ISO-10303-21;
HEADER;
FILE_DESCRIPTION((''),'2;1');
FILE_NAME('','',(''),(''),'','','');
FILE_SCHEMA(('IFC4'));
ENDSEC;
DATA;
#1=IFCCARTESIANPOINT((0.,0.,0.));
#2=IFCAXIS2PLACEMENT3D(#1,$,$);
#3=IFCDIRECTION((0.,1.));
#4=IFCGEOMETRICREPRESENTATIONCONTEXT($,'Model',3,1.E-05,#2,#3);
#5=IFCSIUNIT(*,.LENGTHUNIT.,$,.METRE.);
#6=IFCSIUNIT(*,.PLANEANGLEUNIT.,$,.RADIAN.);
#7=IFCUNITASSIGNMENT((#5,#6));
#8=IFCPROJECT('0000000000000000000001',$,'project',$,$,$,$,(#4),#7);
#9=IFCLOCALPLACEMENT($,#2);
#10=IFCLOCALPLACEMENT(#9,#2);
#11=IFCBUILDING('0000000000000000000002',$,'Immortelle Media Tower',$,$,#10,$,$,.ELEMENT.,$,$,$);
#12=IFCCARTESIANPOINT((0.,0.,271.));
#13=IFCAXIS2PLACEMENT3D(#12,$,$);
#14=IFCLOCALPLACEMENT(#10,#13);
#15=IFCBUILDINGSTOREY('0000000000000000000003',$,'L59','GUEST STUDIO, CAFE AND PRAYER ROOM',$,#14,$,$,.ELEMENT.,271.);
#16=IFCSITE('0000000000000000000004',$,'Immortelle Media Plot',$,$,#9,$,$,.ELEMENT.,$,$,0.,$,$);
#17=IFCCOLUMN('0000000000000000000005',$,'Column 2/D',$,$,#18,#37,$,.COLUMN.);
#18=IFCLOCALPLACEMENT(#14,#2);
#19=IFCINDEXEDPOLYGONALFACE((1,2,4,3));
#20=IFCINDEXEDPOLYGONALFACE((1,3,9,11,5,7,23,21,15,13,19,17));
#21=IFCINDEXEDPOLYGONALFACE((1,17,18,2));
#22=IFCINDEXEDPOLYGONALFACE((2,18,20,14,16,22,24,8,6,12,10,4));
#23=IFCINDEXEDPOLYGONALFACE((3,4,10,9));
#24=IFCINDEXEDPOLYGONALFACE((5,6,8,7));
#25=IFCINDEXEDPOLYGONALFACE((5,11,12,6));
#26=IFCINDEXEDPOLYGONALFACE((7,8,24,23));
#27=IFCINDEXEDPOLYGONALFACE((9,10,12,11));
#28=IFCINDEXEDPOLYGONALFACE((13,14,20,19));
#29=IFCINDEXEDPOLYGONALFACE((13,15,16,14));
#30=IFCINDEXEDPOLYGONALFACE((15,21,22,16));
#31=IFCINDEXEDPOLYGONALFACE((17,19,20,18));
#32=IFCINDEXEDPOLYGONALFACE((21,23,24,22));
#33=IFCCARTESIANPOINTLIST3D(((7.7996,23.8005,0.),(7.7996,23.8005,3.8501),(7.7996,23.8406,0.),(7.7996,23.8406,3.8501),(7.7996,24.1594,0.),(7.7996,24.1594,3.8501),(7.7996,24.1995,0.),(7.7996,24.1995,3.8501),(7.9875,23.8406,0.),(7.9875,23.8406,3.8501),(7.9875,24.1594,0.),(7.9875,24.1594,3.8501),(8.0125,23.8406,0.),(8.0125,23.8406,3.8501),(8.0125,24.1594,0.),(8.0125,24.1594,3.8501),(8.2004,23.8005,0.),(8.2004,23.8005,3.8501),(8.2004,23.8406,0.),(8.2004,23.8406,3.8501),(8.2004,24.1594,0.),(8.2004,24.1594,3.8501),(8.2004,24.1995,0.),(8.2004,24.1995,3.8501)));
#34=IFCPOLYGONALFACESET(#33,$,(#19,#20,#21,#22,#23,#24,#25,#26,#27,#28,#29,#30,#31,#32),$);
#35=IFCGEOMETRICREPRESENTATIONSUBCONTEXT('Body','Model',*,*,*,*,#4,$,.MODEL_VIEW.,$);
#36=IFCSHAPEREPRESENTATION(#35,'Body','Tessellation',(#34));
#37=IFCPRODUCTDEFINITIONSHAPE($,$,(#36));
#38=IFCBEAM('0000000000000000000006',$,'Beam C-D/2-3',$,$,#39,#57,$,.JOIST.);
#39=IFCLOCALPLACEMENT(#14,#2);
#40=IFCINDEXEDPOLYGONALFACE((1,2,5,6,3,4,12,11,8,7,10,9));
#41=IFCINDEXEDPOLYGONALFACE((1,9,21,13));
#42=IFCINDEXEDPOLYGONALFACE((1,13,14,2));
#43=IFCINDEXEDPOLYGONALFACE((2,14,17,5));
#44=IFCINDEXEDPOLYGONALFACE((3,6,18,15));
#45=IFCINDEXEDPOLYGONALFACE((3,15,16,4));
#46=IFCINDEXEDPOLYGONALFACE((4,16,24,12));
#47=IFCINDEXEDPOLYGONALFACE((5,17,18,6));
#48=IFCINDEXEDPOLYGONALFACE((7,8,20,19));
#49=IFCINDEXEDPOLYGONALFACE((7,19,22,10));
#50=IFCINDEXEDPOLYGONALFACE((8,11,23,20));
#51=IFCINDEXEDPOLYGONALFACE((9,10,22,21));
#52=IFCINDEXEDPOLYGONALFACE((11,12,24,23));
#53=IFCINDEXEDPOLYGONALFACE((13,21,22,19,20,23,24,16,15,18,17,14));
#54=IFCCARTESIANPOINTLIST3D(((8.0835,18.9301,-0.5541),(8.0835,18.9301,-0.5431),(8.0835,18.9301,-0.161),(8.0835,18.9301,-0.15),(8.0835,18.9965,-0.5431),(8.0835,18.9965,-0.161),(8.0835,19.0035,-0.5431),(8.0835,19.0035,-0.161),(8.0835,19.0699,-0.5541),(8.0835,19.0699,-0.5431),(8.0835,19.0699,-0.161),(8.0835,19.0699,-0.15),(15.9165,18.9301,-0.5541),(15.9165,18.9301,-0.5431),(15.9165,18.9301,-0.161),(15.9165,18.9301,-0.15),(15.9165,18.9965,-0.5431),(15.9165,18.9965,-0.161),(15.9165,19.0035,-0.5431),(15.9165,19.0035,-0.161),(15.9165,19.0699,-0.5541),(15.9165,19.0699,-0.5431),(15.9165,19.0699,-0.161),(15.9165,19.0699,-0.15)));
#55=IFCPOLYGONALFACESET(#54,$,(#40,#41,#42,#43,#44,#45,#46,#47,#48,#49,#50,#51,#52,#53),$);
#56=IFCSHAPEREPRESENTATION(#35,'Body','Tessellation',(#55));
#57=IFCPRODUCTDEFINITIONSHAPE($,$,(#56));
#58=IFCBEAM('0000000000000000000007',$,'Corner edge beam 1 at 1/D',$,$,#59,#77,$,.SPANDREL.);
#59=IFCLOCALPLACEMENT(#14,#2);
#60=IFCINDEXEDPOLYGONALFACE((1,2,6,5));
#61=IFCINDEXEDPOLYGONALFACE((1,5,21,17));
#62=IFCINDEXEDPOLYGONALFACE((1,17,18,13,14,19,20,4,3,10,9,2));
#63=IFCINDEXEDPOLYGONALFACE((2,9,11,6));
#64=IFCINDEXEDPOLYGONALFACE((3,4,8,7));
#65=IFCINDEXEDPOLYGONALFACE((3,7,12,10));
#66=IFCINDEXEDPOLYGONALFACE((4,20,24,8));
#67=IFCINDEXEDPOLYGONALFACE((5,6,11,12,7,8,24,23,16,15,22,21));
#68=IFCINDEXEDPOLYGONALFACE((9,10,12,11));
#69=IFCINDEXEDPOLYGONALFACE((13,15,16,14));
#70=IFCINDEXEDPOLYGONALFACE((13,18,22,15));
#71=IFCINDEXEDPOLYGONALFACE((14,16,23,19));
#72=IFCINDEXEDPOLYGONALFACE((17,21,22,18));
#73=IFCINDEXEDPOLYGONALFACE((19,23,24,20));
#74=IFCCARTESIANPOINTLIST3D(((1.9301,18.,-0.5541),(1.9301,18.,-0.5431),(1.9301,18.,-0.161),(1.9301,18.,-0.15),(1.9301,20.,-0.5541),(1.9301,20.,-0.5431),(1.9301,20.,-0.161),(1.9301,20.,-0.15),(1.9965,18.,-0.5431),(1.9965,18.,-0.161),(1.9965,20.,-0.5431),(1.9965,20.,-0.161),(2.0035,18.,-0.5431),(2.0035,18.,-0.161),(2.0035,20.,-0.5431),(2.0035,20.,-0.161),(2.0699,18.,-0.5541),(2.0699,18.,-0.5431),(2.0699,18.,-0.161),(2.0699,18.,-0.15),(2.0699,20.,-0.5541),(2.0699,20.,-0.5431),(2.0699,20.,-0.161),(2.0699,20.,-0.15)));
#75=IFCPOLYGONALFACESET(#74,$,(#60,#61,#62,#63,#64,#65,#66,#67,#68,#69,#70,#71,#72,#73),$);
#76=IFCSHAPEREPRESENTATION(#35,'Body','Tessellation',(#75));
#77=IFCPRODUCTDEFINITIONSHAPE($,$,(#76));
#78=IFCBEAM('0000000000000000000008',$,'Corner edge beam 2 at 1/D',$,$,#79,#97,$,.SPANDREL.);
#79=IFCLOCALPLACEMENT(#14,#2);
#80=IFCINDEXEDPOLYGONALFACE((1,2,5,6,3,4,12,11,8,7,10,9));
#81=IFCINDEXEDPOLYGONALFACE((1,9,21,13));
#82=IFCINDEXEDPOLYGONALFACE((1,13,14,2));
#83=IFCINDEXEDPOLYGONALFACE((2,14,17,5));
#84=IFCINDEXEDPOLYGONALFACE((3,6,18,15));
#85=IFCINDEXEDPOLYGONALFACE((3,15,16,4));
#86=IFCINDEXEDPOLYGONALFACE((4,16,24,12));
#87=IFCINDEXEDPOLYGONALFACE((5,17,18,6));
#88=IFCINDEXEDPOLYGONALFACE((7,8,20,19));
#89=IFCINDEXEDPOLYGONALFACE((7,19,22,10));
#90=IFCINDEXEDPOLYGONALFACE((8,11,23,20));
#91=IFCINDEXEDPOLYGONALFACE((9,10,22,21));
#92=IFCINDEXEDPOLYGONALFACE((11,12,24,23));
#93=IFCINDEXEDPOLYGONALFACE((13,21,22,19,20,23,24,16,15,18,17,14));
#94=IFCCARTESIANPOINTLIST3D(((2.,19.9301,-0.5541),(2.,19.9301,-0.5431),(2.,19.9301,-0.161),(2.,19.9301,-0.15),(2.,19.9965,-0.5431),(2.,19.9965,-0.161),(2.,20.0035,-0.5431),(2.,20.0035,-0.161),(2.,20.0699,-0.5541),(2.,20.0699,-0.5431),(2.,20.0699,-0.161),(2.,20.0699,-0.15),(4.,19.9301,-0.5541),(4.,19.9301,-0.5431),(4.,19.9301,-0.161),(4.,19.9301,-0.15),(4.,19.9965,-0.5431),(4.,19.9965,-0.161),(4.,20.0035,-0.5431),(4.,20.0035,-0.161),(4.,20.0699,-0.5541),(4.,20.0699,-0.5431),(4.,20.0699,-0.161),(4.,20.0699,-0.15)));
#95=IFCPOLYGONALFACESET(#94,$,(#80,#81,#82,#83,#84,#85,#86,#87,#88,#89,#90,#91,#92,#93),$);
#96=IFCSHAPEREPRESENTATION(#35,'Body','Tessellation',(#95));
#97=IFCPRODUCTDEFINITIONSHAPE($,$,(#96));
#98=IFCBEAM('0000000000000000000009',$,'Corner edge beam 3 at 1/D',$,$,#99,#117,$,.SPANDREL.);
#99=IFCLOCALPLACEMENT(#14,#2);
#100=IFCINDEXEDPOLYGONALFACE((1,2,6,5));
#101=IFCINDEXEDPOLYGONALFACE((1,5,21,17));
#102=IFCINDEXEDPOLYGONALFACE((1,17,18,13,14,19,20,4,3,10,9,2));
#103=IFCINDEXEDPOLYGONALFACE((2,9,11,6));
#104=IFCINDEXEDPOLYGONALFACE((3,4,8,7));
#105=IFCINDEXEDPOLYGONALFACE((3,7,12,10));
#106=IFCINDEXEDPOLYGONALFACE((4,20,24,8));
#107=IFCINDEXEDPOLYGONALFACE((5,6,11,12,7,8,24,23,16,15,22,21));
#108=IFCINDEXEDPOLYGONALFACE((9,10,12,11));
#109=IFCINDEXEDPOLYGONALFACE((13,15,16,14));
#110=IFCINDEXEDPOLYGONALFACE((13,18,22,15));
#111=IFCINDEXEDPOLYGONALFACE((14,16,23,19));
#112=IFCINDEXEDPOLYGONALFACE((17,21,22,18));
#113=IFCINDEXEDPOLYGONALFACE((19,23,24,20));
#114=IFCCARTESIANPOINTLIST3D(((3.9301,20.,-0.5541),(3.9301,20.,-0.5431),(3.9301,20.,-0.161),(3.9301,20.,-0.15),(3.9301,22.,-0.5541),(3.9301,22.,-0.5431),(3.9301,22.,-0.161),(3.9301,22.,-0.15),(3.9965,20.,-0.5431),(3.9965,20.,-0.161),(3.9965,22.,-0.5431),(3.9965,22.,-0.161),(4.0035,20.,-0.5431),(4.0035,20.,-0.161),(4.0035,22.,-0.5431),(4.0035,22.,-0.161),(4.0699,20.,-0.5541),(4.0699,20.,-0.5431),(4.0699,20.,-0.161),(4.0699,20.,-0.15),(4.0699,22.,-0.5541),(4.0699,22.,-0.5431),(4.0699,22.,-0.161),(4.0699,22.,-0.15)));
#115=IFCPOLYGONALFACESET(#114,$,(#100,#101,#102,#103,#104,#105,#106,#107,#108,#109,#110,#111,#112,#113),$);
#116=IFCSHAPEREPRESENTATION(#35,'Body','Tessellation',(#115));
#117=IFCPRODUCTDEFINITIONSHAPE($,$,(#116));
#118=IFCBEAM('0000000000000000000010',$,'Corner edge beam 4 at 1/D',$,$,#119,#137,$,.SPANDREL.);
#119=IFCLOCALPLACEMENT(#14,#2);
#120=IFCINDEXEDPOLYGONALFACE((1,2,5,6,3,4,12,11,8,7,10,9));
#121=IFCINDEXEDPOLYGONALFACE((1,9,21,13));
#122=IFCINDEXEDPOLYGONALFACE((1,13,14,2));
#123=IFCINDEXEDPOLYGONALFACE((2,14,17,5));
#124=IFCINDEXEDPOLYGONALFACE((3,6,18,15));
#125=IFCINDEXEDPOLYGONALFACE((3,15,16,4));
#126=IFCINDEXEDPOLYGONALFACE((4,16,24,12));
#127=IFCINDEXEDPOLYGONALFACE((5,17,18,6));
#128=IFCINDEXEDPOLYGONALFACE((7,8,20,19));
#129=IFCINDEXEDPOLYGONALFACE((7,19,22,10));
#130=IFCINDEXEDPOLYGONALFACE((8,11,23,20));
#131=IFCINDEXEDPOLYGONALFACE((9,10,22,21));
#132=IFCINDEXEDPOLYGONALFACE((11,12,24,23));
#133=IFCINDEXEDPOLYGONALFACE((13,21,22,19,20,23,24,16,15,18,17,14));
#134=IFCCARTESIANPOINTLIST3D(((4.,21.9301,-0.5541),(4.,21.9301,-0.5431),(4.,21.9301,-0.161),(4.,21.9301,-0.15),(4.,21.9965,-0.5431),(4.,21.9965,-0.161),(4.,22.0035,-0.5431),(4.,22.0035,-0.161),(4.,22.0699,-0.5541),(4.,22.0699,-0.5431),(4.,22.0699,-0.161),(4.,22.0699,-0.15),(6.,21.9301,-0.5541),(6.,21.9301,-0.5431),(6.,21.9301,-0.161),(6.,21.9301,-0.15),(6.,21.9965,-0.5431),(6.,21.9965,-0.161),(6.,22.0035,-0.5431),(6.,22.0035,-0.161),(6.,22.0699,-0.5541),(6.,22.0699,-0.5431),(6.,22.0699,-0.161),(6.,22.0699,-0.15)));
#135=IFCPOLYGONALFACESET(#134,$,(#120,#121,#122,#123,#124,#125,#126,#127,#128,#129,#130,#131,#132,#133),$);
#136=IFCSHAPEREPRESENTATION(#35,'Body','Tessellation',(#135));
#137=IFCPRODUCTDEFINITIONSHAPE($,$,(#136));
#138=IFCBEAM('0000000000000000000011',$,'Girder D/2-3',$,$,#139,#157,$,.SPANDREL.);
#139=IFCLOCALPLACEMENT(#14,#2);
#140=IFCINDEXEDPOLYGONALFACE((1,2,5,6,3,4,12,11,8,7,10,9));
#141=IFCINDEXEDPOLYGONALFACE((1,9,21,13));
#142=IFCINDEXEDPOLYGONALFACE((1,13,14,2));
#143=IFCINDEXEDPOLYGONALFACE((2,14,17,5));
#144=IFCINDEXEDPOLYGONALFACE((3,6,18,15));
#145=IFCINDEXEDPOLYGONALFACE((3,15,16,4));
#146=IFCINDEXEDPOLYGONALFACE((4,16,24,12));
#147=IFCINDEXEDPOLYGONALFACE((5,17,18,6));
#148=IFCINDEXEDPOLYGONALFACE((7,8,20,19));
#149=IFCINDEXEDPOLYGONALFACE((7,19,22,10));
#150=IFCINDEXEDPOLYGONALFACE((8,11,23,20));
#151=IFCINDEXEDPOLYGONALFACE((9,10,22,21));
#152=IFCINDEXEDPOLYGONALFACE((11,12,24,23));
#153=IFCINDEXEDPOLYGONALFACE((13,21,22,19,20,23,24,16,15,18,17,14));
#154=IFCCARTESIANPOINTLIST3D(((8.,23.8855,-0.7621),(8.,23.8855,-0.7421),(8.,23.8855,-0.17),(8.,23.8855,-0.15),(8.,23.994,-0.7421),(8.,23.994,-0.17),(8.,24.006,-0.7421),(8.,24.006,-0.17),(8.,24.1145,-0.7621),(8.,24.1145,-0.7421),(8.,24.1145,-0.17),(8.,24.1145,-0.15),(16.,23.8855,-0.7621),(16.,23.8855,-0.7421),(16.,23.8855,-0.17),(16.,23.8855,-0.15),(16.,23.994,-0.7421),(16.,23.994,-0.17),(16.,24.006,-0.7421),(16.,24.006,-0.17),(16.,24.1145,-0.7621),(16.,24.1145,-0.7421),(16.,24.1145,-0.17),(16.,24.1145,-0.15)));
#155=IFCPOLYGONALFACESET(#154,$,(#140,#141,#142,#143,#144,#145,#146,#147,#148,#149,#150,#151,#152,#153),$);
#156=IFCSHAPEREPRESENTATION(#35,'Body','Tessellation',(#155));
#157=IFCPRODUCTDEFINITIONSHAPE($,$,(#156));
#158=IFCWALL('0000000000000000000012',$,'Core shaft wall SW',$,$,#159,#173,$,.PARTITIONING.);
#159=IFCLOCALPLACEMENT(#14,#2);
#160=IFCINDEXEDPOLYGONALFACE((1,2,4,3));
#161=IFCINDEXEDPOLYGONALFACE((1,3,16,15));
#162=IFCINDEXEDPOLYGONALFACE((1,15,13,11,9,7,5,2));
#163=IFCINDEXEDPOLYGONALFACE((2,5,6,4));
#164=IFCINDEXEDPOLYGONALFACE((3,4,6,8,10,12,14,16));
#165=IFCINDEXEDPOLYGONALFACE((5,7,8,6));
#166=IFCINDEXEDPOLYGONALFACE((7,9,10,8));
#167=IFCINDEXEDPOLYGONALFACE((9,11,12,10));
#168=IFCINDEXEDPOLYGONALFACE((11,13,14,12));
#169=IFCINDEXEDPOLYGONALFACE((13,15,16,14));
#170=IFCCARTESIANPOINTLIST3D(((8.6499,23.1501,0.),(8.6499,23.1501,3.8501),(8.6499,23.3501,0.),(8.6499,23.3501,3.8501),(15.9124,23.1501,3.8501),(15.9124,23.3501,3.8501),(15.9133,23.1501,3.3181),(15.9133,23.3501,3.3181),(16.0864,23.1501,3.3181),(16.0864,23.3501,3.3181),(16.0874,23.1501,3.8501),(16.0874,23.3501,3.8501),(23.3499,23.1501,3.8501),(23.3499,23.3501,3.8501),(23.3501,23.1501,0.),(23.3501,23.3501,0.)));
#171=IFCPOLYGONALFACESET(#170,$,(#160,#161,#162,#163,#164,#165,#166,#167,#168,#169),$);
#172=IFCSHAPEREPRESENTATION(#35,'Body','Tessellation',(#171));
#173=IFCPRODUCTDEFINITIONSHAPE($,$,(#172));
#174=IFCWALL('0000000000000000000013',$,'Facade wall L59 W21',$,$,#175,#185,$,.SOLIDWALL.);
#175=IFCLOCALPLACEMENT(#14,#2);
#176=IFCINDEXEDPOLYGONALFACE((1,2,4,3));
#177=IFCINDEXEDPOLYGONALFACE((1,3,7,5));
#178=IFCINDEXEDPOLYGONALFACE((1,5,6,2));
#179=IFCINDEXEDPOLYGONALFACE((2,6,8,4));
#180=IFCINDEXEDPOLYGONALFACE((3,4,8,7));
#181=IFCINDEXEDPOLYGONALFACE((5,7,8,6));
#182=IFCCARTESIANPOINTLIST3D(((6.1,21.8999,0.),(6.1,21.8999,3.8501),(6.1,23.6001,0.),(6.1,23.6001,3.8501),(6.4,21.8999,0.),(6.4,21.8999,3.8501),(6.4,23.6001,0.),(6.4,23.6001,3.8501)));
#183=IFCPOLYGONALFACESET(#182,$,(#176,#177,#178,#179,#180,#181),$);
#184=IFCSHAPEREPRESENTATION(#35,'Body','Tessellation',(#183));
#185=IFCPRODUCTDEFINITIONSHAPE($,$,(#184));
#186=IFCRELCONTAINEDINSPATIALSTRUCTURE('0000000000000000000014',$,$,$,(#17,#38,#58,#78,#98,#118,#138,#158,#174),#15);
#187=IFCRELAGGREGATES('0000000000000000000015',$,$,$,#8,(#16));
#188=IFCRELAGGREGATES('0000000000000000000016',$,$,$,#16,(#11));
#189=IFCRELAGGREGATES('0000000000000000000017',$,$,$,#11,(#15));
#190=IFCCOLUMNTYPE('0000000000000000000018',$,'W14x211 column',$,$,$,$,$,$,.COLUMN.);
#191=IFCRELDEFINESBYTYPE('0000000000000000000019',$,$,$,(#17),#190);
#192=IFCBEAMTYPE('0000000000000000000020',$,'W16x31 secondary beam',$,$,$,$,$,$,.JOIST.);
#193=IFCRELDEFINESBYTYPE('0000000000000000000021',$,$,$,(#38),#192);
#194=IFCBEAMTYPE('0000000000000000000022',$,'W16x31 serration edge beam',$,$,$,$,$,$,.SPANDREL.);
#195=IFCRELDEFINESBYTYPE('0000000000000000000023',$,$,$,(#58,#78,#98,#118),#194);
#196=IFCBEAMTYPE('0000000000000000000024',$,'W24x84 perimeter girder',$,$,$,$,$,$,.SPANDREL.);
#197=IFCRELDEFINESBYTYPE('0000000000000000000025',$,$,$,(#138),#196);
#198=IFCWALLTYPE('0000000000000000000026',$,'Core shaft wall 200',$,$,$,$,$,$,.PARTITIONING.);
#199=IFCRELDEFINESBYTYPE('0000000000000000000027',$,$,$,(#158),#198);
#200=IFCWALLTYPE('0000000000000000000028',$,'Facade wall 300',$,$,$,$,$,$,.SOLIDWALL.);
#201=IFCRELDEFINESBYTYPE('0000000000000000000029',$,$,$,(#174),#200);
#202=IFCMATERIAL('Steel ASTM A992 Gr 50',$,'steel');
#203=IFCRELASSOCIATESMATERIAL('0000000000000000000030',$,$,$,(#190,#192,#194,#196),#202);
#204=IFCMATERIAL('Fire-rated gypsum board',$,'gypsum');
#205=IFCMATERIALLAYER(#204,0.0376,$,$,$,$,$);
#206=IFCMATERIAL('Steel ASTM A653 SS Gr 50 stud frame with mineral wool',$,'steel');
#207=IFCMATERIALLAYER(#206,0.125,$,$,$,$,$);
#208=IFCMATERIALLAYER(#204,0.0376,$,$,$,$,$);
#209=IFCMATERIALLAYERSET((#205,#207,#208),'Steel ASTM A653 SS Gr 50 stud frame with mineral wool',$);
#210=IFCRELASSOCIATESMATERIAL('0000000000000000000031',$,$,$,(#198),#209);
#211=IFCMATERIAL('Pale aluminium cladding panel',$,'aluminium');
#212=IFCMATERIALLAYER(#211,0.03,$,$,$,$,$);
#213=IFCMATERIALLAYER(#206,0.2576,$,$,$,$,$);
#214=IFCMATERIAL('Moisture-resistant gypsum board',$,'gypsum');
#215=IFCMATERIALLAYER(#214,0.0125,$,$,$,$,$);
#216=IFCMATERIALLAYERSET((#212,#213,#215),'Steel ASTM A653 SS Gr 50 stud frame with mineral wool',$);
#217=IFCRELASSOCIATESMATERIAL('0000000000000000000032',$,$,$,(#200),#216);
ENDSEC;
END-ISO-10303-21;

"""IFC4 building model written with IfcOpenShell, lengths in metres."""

from ifc_helpers import new_model, si_unit, direction, frame, frame_2d, origin, origin_2d, place, context, subcontext, project, spatial, polyline, rectangle, i_section, outline, extrude, material, layer, layer_set, material_profile, profile_set, type_object, element, save


model = new_model("IFC4")

# Units and contexts
model_context = context("Model", 3, precision=1e-05, world=origin(), true_north=direction((0.0, 1.0)))
body_context = subcontext(model_context, "Body", "Model", "MODEL_VIEW")
ifc_project = project(units=[si_unit("LENGTHUNIT", "METRE"), si_unit("PLANEANGLEUNIT", "RADIAN")], contexts=[model_context])

# Site, building, storey
site_placement = place(None, origin())
site = spatial("IfcSite", under=ifc_project, at=site_placement, Name="Immortelle Media Plot", CompositionType="ELEMENT", RefElevation=0.0)
building_placement = place(site_placement, origin())
building = spatial("IfcBuilding", under=site, at=building_placement, Name="Immortelle Media Tower", CompositionType="ELEMENT")
storey_placement = place(building_placement, frame((0.0, 0.0, 271.0)))
storey = spatial("IfcBuildingStorey", under=building, at=storey_placement, Name="L59", Description="GUEST STUDIO, CAFE AND PRAYER ROOM", CompositionType="ELEMENT", Elevation=271.0)

# Column
ifc_material_1 = material(Name="Steel ASTM A992 Gr 50", Category="steel")
ifc_material_profile_1 = material_profile(ifc_material_1, i_section(OverallWidth=0.4009, OverallDepth=0.3989, WebThickness=0.0249, FlangeThickness=0.04, at=origin_2d()), Name="W14x211")
ifc_profile_set_1 = profile_set([ifc_material_profile_1], Name="Steel ASTM A992 Gr 50")
column_type = type_object("IfcColumnType", Name="W14x211 column", PredefinedType="COLUMN", material=ifc_profile_set_1)
column_placement = place(storey_placement, frame((8.0, 24.0, 0.0), z_axis=(0.0, 0.0, 1.0), x_axis=(1.0, 0.0, 0.0)))
element("IfcColumn", 1, at=column_placement, inside=storey, type_object=column_type, Name="Column 2/D", PredefinedType="COLUMN", context=body_context, shape_type="SweptSolid", body=[
    extrude(i_section(OverallWidth=0.4009, OverallDepth=0.3989, WebThickness=0.0249, FlangeThickness=0.04, at=origin_2d()), origin(), (0.0, 0.0, 1.0), 3.8501),
])

# Beams
ifc_material_profile_2 = material_profile(ifc_material_1, i_section(OverallWidth=0.1399, OverallDepth=0.4041, WebThickness=0.0071, FlangeThickness=0.011, at=origin_2d()), Name="W16x31")
ifc_profile_set_2 = profile_set([ifc_material_profile_2], Name="Steel ASTM A992 Gr 50")
beam_type_1 = type_object("IfcBeamType", Name="W16x31 secondary beam", PredefinedType="JOIST", material=ifc_profile_set_2)
beam_1_placement = place(storey_placement, frame((8.0835, 19.0, -0.3521), z_axis=(1.0, 0.0, 0.0), x_axis=(0.0, 1.0, 0.0)))
element("IfcBeam", 2, at=beam_1_placement, inside=storey, type_object=beam_type_1, Name="Beam C-D/2-3", PredefinedType="JOIST", context=body_context, shape_type="SweptSolid", body=[
    extrude(i_section(OverallWidth=0.1399, OverallDepth=0.4041, WebThickness=0.0071, FlangeThickness=0.011, at=origin_2d()), origin(), (0.0, 0.0, 1.0), 7.833),
])
ifc_material_profile_3 = material_profile(ifc_material_1, i_section(OverallWidth=0.1399, OverallDepth=0.4041, WebThickness=0.0071, FlangeThickness=0.011, at=origin_2d()), Name="W16x31")
ifc_profile_set_3 = profile_set([ifc_material_profile_3], Name="Steel ASTM A992 Gr 50")
beam_type_2 = type_object("IfcBeamType", Name="W16x31 serration edge beam", PredefinedType="SPANDREL", material=ifc_profile_set_3)
for number, where, z_axis, x_axis, name in (
    (3, (2.0, 18.0, -0.3521), (0.0, 1.0, 0.0), (-1.0, 0.0, 0.0), "Corner edge beam 1 at 1/D"),
    (4, (2.0, 20.0, -0.3521), (1.0, 0.0, 0.0), (0.0, 1.0, 0.0), "Corner edge beam 2 at 1/D"),
    (5, (4.0, 20.0, -0.3521), (0.0, 1.0, 0.0), (-1.0, 0.0, 0.0), "Corner edge beam 3 at 1/D"),
    (6, (4.0, 22.0, -0.3521), (1.0, 0.0, 0.0), (0.0, 1.0, 0.0), "Corner edge beam 4 at 1/D"),
):
    element("IfcBeam", number, at=place(storey_placement, frame(where, z_axis=z_axis, x_axis=x_axis)), inside=storey, type_object=beam_type_2, Name=name, PredefinedType="SPANDREL", context=body_context, shape_type="SweptSolid", body=[
        extrude(i_section(OverallWidth=0.1399, OverallDepth=0.4041, WebThickness=0.0071, FlangeThickness=0.011, at=origin_2d()), origin(), (0.0, 0.0, 1.0), 2.0),
    ])
ifc_material_profile_4 = material_profile(ifc_material_1, i_section(OverallWidth=0.229, OverallDepth=0.6121, WebThickness=0.012, FlangeThickness=0.02, at=origin_2d()), Name="W24x84")
ifc_profile_set_4 = profile_set([ifc_material_profile_4], Name="Steel ASTM A992 Gr 50")
beam_type_3 = type_object("IfcBeamType", Name="W24x84 perimeter girder", PredefinedType="SPANDREL", material=ifc_profile_set_4)
beam_2_placement = place(storey_placement, frame((8.0, 24.0, -0.4561), z_axis=(1.0, 0.0, 0.0), x_axis=(0.0, 1.0, 0.0)))
element("IfcBeam", 7, at=beam_2_placement, inside=storey, type_object=beam_type_3, Name="Girder D/2-3", PredefinedType="SPANDREL", context=body_context, shape_type="SweptSolid", body=[
    extrude(i_section(OverallWidth=0.229, OverallDepth=0.6121, WebThickness=0.012, FlangeThickness=0.02, at=origin_2d()), origin(), (0.0, 0.0, 1.0), 8.0),
])

# Walls
ifc_material_2 = material(Name="Fire-rated gypsum board", Category="gypsum")
ifc_layer_1 = layer(ifc_material_2, 0.0376)
ifc_material_3 = material(Name="Steel ASTM A653 SS Gr 50 stud frame with mineral wool", Category="steel")
ifc_layer_2 = layer(ifc_material_3, 0.125)
ifc_layer_3 = layer(ifc_material_2, 0.0376)
ifc_layer_set_1 = layer_set([ifc_layer_1, ifc_layer_2, ifc_layer_3], Name="Steel ASTM A653 SS Gr 50 stud frame with mineral wool")
wall_type_1 = type_object("IfcWallType", Name="Core shaft wall 200", PredefinedType="PARTITIONING", material=ifc_layer_set_1)
wall_1_placement = place(storey_placement, frame((8.6499, 23.25, 0.0), z_axis=(0.0, 0.0, 1.0), x_axis=(1.0, 0.0, 0.0)))
element("IfcWall", 8, at=wall_1_placement, inside=storey, type_object=wall_type_1, Name="Core shaft wall SW", PredefinedType="PARTITIONING", context=body_context, shape_type="SweptSolid", body=[
    extrude(outline(polyline([(0.0, 0.0), (14.7002, 0.0), (14.7, 3.8501), (7.4375, 3.8501), (7.4365, 3.3181), (7.2634, 3.3181), (7.2625, 3.8501), (0.0, 3.8501), (0.0, 0.0)])), frame((0.0, 0.1001, 0.0), z_axis=(0.0, -1.0, 0.0), x_axis=(1.0, 0.0, 0.0)), (0.0, 0.0, 1.0), 0.2),
])
ifc_material_4 = material(Name="Pale aluminium cladding panel", Category="aluminium")
ifc_layer_4 = layer(ifc_material_4, 0.03)
ifc_layer_5 = layer(ifc_material_3, 0.2576)
ifc_material_5 = material(Name="Moisture-resistant gypsum board", Category="gypsum")
ifc_layer_6 = layer(ifc_material_5, 0.0125)
ifc_layer_set_2 = layer_set([ifc_layer_4, ifc_layer_5, ifc_layer_6], Name="Steel ASTM A653 SS Gr 50 stud frame with mineral wool")
wall_type_2 = type_object("IfcWallType", Name="Facade wall 300", PredefinedType="SOLIDWALL", material=ifc_layer_set_2)
wall_2_placement = place(storey_placement, frame((6.25, 23.6001, 0.0), z_axis=(0.0, 0.0, 1.0), x_axis=(0.0, -1.0, 0.0)))
element("IfcWall", 9, at=wall_2_placement, inside=storey, type_object=wall_type_2, Name="Facade wall L59 W21", PredefinedType="SOLIDWALL", context=body_context, shape_type="SweptSolid", body=[
    extrude(rectangle(XDim=1.7002, YDim=0.3, at=frame_2d((0.8501, 0.0))), origin(), (0.0, 0.0, 1.0), 3.8501),
])

save(model, "model.ifc")
